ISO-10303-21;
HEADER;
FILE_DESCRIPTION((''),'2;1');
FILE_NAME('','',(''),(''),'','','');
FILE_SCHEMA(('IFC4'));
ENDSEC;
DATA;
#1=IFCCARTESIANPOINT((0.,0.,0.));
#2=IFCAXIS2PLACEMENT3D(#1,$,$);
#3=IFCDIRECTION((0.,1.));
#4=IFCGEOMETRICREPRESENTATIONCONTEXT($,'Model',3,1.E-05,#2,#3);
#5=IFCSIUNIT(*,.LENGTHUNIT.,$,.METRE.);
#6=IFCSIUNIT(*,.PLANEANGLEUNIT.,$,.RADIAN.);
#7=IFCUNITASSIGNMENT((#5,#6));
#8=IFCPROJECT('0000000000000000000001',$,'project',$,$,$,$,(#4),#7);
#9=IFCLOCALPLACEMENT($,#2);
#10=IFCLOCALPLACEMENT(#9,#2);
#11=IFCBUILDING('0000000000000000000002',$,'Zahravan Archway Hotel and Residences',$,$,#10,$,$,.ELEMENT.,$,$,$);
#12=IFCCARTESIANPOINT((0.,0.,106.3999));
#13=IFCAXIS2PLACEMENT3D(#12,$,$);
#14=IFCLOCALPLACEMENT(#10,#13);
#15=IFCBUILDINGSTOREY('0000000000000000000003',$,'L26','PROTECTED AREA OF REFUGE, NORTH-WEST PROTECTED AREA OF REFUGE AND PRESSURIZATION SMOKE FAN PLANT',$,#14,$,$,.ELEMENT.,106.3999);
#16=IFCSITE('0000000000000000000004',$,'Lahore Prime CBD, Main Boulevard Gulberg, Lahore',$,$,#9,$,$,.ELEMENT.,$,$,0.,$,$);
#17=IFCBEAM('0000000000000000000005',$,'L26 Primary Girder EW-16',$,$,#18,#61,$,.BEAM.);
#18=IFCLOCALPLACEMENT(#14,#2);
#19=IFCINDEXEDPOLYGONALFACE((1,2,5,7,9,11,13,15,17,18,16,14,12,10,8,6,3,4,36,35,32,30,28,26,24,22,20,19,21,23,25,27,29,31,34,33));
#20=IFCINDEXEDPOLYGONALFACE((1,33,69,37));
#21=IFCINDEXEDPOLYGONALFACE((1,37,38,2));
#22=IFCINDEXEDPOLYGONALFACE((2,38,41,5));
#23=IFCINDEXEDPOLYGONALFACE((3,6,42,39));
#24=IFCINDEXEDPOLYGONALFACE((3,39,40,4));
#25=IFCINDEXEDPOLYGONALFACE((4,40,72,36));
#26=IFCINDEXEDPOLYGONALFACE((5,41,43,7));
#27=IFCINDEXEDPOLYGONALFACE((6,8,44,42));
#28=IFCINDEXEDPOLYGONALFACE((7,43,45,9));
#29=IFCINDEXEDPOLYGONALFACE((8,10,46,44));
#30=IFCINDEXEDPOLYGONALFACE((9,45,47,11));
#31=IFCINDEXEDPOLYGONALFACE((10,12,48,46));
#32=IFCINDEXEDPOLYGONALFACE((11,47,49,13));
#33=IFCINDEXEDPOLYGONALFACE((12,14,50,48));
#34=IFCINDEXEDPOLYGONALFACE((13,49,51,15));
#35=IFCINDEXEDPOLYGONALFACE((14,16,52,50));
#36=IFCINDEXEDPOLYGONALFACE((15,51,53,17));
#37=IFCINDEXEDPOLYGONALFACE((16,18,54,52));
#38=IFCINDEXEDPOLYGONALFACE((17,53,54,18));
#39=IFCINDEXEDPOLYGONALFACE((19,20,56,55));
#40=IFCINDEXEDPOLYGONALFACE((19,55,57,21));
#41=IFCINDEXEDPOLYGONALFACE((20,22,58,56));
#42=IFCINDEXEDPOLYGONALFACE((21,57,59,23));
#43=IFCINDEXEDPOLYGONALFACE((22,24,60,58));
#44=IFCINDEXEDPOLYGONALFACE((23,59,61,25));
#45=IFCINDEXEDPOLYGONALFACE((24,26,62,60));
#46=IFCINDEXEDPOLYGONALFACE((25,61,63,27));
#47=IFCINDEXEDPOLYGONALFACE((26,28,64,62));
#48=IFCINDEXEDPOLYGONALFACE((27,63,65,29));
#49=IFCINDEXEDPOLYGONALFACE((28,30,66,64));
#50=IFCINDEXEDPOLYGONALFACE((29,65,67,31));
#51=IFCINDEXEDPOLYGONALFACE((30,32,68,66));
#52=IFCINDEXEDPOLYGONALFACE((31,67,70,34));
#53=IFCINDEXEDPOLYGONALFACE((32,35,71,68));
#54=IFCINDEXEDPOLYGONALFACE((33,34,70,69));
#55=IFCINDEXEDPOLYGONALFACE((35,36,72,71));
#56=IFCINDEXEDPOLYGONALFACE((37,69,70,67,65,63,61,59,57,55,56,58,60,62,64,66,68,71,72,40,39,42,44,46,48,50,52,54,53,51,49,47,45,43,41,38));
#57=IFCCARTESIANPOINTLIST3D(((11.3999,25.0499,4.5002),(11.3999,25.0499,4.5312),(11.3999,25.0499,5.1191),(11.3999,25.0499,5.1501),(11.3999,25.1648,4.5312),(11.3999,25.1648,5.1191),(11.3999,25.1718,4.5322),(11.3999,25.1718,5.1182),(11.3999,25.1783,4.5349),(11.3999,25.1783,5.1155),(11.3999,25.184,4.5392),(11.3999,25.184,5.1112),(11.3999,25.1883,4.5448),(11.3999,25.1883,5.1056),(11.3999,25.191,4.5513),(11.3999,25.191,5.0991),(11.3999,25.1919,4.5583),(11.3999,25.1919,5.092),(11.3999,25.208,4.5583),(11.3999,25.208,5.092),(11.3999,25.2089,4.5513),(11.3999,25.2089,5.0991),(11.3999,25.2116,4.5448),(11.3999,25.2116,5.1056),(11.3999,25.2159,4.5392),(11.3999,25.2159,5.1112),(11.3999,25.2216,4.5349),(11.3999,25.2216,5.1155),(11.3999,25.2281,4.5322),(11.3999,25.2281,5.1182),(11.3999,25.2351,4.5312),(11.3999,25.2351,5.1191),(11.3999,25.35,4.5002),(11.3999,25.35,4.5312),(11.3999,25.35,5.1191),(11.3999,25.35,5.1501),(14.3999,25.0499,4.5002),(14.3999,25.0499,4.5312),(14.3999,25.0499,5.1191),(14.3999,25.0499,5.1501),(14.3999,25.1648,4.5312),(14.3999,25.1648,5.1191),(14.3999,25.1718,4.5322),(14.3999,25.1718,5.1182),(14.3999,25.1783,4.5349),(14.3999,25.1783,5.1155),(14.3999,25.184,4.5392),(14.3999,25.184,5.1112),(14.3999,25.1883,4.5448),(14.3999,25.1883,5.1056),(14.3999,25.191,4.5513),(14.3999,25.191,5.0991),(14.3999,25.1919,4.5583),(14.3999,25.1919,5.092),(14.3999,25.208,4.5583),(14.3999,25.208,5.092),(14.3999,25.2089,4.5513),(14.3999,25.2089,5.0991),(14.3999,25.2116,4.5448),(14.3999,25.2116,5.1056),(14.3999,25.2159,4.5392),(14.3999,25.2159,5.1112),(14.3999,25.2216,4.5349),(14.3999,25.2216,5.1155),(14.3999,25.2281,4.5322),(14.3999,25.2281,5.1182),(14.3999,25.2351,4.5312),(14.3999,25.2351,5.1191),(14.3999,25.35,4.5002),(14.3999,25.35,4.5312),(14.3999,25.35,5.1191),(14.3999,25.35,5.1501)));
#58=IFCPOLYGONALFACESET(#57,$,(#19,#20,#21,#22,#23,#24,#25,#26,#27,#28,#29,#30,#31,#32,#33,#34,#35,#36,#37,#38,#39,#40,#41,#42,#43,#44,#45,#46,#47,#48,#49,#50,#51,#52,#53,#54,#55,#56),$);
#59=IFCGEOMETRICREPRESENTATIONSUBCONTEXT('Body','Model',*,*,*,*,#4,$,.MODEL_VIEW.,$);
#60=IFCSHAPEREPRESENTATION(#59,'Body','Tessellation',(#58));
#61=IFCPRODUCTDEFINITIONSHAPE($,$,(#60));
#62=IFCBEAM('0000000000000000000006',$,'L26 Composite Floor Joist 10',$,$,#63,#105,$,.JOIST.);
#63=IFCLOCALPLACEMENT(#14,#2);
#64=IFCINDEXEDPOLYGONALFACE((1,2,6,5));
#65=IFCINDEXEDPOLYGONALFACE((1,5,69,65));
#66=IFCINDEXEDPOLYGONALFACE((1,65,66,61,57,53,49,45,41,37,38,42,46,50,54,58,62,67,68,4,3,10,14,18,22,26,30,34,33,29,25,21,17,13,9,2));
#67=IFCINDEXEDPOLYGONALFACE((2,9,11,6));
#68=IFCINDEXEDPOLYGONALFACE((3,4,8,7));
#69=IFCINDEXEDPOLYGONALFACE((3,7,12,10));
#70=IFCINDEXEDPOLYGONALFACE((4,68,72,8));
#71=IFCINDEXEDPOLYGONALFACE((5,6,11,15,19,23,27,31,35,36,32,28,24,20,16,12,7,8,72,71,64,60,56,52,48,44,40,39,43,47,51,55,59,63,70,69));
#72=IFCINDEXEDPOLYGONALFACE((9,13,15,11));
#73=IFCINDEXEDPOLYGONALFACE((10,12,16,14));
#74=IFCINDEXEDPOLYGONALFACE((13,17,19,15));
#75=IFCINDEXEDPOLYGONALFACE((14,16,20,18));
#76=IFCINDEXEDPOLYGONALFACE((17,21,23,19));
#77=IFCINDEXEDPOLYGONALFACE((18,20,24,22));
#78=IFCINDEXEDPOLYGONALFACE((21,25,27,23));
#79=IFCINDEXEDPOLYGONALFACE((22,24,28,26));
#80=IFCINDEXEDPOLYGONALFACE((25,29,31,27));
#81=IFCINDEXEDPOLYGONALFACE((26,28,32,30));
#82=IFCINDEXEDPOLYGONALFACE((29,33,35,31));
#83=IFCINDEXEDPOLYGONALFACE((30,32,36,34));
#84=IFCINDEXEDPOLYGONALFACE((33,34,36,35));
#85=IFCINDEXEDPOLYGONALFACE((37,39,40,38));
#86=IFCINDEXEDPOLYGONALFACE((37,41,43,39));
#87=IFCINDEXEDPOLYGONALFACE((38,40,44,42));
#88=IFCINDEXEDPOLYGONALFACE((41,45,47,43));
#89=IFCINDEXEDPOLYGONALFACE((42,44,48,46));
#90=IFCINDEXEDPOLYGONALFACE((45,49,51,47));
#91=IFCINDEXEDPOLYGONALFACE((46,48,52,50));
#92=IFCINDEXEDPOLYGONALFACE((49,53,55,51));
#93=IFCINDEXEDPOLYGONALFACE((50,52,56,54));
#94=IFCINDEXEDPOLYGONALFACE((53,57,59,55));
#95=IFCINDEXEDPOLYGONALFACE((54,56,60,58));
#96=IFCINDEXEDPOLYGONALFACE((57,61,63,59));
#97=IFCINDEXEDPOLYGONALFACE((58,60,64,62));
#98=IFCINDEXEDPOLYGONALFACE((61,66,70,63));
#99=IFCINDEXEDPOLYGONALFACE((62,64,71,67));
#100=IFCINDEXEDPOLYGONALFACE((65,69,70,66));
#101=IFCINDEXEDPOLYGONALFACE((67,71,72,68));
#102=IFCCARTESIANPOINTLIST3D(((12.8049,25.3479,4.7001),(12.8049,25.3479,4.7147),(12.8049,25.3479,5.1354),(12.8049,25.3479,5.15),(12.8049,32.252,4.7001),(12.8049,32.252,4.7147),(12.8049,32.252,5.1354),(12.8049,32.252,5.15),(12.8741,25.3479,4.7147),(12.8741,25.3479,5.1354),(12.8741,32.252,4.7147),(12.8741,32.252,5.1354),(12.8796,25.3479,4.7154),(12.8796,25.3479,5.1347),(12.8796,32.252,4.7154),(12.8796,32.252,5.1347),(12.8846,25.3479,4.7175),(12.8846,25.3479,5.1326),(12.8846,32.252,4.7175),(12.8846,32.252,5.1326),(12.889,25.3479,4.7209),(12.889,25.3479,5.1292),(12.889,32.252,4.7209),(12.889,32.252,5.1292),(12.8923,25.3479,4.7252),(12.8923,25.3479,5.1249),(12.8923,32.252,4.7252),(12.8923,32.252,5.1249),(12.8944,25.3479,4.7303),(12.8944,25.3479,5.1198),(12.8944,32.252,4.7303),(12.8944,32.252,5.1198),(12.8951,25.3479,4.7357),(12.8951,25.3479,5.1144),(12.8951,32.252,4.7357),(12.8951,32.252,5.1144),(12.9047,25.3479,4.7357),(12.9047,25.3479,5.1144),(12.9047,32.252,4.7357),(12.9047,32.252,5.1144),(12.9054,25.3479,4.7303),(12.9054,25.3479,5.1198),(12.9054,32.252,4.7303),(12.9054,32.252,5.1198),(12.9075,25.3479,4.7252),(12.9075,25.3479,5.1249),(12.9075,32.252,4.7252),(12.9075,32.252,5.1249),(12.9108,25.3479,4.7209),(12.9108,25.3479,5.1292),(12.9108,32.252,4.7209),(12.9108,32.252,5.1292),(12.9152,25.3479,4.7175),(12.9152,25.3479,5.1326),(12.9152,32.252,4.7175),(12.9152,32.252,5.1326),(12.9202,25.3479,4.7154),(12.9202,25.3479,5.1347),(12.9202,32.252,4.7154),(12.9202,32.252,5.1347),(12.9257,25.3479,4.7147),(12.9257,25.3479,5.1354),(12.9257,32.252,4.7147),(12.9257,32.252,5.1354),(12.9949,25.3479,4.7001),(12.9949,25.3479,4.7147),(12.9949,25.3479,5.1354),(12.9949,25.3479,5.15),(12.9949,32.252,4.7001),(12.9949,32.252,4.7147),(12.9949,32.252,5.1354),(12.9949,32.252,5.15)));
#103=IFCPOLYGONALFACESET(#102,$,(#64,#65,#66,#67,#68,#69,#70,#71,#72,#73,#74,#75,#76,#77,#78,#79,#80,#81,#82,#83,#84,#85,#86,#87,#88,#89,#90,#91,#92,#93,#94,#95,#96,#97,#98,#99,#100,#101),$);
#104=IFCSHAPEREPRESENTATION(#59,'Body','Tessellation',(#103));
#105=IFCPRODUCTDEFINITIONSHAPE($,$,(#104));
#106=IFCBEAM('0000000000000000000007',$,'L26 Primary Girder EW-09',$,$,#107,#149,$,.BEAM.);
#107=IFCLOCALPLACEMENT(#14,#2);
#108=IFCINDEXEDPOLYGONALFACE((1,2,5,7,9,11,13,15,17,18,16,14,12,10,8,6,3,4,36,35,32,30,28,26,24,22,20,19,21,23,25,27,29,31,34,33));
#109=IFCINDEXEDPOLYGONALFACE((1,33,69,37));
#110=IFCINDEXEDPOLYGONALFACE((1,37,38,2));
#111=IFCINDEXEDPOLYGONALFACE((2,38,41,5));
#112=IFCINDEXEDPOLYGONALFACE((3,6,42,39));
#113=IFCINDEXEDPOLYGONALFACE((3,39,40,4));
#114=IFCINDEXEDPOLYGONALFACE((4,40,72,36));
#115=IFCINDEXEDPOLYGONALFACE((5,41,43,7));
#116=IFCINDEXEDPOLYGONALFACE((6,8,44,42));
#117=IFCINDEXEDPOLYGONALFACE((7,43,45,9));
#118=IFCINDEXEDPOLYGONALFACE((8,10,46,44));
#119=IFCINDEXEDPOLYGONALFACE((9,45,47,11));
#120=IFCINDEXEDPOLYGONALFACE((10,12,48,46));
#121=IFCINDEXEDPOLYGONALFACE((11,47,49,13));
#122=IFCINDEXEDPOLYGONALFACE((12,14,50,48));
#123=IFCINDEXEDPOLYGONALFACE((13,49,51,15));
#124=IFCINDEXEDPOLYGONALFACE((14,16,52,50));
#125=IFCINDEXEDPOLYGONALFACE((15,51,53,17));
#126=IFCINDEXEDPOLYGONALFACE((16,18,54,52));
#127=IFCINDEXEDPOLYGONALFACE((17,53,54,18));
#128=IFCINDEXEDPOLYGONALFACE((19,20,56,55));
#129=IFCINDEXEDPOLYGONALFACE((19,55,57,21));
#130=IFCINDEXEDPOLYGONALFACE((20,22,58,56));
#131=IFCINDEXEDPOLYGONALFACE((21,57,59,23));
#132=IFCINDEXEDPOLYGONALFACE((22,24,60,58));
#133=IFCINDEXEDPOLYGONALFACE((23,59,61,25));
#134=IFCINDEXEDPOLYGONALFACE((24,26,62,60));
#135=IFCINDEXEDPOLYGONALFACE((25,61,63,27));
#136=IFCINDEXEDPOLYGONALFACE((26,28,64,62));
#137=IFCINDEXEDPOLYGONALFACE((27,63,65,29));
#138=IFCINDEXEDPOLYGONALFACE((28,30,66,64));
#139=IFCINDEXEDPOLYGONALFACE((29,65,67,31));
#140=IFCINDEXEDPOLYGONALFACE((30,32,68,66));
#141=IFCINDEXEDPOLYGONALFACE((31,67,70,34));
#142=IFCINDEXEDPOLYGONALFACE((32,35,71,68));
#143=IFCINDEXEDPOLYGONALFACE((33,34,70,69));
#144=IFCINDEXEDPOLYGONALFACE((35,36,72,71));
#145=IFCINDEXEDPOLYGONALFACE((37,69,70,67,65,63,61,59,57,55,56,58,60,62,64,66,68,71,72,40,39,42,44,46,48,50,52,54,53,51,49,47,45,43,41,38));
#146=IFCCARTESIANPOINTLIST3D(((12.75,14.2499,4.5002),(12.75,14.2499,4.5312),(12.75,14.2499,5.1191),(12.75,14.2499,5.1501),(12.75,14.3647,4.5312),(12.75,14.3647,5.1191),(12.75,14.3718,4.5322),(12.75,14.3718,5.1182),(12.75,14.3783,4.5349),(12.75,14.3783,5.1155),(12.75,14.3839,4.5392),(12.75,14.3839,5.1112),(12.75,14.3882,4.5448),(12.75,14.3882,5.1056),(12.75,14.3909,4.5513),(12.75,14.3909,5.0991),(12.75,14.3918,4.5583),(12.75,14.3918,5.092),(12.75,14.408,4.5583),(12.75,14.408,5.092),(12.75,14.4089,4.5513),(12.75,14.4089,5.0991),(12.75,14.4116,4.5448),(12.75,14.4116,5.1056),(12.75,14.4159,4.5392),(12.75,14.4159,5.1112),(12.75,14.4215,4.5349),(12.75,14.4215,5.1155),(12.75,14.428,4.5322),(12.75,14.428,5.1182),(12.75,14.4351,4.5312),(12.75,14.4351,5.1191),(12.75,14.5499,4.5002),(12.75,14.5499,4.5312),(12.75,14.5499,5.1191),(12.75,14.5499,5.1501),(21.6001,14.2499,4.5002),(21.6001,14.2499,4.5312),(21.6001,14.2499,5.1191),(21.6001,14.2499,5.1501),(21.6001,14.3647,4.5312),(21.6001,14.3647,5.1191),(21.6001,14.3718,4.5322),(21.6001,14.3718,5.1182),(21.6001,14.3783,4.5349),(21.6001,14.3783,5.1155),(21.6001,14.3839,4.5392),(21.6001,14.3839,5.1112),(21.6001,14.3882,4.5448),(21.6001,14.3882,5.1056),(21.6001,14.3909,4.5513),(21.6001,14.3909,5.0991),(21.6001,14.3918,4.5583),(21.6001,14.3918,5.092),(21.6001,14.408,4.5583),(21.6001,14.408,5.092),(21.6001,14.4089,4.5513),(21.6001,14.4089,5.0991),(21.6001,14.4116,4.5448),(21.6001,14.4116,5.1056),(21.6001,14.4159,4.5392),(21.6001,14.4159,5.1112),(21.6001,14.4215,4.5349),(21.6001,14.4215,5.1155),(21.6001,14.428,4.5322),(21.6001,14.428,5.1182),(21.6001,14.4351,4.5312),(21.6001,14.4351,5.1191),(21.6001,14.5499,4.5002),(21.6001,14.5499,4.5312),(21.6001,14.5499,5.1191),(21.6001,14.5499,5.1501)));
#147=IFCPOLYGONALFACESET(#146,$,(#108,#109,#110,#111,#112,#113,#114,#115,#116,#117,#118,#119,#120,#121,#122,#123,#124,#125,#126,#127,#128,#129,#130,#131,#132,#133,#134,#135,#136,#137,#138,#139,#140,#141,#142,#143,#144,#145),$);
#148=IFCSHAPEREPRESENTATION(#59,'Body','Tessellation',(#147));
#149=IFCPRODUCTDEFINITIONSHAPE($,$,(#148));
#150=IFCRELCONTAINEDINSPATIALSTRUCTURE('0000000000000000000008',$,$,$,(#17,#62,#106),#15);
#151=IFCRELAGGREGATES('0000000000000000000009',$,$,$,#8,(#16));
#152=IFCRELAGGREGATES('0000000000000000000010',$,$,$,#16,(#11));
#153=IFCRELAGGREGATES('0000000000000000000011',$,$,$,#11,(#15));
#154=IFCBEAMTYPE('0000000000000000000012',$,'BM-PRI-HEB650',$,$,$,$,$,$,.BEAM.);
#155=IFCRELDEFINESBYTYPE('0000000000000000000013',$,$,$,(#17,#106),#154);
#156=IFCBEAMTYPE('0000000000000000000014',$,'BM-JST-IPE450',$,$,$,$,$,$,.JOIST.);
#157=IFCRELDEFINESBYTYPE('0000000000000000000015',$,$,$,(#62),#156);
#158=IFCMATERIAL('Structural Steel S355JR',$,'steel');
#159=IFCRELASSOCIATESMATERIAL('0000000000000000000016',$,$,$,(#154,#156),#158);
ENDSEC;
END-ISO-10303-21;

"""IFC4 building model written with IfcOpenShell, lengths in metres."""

from ifc_helpers import new_model, si_unit, direction, frame, origin, origin_2d, place, context, subcontext, project, spatial, i_section, extrude, source, transform, mapped, material, material_profile, profile_set, type_object, type_shapes, element, save


model = new_model("IFC4")

# Units and contexts
model_context = context("Model", 3, precision=1e-05, world=origin(), true_north=direction((0.0, 1.0)))
body_context = subcontext(model_context, "Body", "Model", "MODEL_VIEW")
ifc_project = project(units=[si_unit("LENGTHUNIT", "METRE"), si_unit("PLANEANGLEUNIT", "RADIAN")], contexts=[model_context])

# Site, building, storey
site_placement = place(None, origin())
site = spatial("IfcSite", under=ifc_project, at=site_placement, Name="Lahore Prime CBD, Main Boulevard Gulberg, Lahore", CompositionType="ELEMENT", RefElevation=0.0)
building_placement = place(site_placement, origin())
building = spatial("IfcBuilding", under=site, at=building_placement, Name="Zahravan Archway Hotel and Residences", CompositionType="ELEMENT")
storey_placement = place(building_placement, frame((0.0, 0.0, 106.3999)))
storey = spatial("IfcBuildingStorey", under=building, at=storey_placement, Name="L26", Description="PROTECTED AREA OF REFUGE, NORTH-WEST PROTECTED AREA OF REFUGE AND PRESSURIZATION SMOKE FAN PLANT", CompositionType="ELEMENT", Elevation=106.3999)

# Beams
ifc_material_1 = material(Name="Structural Steel S355JR", Category="steel")
ifc_material_profile_1 = material_profile(ifc_material_1, i_section(OverallWidth=0.3, OverallDepth=0.6499, WebThickness=0.0161, FlangeThickness=0.031, FilletRadius=0.0271, at=origin_2d()), Name="HEB 650", Category="steel")
ifc_profile_set_1 = profile_set([ifc_material_profile_1], Name="Structural Steel S355JR")
beam_type_1 = type_object("IfcBeamType", Name="BM-PRI-HEB650", PredefinedType="BEAM", material=ifc_profile_set_1)
shared_shape_1 = source(origin(), body_context, "Body", "SweptSolid", [
    extrude(i_section(OverallWidth=0.3, OverallDepth=0.6499, WebThickness=0.0161, FlangeThickness=0.031, FilletRadius=0.0271, at=origin_2d()), origin(), (0.0, 0.0, 1.0), 3.0),
])
beam_1_placement = place(storey_placement, frame((11.3999, 25.2, 4.8252), z_axis=(1.0, 0.0, 0.0), x_axis=(0.0, 1.0, 0.0)))
element("IfcBeam", 1, at=beam_1_placement, inside=storey, type_object=beam_type_1, Name="L26 Primary Girder EW-16", PredefinedType="BEAM", context=body_context, shape_type="MappedRepresentation", body=[
    mapped(shared_shape_1, transform((0.0, 0.0, 0.0), scale=1.0)),
])
ifc_material_profile_2 = material_profile(ifc_material_1, i_section(OverallWidth=0.1899, OverallDepth=0.45, WebThickness=0.0095, FlangeThickness=0.0146, FilletRadius=0.021, at=origin_2d()), Name="IPE 450", Category="steel")
ifc_profile_set_2 = profile_set([ifc_material_profile_2], Name="Structural Steel S355JR")
beam_type_2 = type_object("IfcBeamType", Name="BM-JST-IPE450", PredefinedType="JOIST", material=ifc_profile_set_2)
shared_shape_2 = source(origin(), body_context, "Body", "SweptSolid", [
    extrude(i_section(OverallWidth=0.1899, OverallDepth=0.45, WebThickness=0.0095, FlangeThickness=0.0146, FilletRadius=0.021, at=origin_2d()), origin(), (0.0, 0.0, 1.0), 6.9041),
])
type_shapes(beam_type_2, [shared_shape_2])
beam_2_placement = place(storey_placement, frame((12.8999, 25.3479, 4.925), z_axis=(0.0, 1.0, 0.0), x_axis=(-1.0, 0.0, 0.0)))
element("IfcBeam", 2, at=beam_2_placement, inside=storey, type_object=beam_type_2, Name="L26 Composite Floor Joist 10", PredefinedType="JOIST", context=body_context, shape_type="MappedRepresentation", body=[
    mapped(shared_shape_2, transform((0.0, 0.0, 0.0), scale=1.0)),
])
shared_shape_3 = source(origin(), body_context, "Body", "SweptSolid", [
    extrude(i_section(OverallWidth=0.3, OverallDepth=0.6499, WebThickness=0.0161, FlangeThickness=0.031, FilletRadius=0.0271, at=origin_2d()), origin(), (0.0, 0.0, 1.0), 8.8501),
])
beam_3_placement = place(storey_placement, frame((12.75, 14.3999, 4.8252), z_axis=(1.0, 0.0, 0.0), x_axis=(0.0, 1.0, 0.0)))
element("IfcBeam", 3, at=beam_3_placement, inside=storey, type_object=beam_type_1, Name="L26 Primary Girder EW-09", PredefinedType="BEAM", context=body_context, shape_type="MappedRepresentation", body=[
    mapped(shared_shape_3, transform((0.0, 0.0, 0.0), scale=1.0)),
])

save(model, "model.ifc")
